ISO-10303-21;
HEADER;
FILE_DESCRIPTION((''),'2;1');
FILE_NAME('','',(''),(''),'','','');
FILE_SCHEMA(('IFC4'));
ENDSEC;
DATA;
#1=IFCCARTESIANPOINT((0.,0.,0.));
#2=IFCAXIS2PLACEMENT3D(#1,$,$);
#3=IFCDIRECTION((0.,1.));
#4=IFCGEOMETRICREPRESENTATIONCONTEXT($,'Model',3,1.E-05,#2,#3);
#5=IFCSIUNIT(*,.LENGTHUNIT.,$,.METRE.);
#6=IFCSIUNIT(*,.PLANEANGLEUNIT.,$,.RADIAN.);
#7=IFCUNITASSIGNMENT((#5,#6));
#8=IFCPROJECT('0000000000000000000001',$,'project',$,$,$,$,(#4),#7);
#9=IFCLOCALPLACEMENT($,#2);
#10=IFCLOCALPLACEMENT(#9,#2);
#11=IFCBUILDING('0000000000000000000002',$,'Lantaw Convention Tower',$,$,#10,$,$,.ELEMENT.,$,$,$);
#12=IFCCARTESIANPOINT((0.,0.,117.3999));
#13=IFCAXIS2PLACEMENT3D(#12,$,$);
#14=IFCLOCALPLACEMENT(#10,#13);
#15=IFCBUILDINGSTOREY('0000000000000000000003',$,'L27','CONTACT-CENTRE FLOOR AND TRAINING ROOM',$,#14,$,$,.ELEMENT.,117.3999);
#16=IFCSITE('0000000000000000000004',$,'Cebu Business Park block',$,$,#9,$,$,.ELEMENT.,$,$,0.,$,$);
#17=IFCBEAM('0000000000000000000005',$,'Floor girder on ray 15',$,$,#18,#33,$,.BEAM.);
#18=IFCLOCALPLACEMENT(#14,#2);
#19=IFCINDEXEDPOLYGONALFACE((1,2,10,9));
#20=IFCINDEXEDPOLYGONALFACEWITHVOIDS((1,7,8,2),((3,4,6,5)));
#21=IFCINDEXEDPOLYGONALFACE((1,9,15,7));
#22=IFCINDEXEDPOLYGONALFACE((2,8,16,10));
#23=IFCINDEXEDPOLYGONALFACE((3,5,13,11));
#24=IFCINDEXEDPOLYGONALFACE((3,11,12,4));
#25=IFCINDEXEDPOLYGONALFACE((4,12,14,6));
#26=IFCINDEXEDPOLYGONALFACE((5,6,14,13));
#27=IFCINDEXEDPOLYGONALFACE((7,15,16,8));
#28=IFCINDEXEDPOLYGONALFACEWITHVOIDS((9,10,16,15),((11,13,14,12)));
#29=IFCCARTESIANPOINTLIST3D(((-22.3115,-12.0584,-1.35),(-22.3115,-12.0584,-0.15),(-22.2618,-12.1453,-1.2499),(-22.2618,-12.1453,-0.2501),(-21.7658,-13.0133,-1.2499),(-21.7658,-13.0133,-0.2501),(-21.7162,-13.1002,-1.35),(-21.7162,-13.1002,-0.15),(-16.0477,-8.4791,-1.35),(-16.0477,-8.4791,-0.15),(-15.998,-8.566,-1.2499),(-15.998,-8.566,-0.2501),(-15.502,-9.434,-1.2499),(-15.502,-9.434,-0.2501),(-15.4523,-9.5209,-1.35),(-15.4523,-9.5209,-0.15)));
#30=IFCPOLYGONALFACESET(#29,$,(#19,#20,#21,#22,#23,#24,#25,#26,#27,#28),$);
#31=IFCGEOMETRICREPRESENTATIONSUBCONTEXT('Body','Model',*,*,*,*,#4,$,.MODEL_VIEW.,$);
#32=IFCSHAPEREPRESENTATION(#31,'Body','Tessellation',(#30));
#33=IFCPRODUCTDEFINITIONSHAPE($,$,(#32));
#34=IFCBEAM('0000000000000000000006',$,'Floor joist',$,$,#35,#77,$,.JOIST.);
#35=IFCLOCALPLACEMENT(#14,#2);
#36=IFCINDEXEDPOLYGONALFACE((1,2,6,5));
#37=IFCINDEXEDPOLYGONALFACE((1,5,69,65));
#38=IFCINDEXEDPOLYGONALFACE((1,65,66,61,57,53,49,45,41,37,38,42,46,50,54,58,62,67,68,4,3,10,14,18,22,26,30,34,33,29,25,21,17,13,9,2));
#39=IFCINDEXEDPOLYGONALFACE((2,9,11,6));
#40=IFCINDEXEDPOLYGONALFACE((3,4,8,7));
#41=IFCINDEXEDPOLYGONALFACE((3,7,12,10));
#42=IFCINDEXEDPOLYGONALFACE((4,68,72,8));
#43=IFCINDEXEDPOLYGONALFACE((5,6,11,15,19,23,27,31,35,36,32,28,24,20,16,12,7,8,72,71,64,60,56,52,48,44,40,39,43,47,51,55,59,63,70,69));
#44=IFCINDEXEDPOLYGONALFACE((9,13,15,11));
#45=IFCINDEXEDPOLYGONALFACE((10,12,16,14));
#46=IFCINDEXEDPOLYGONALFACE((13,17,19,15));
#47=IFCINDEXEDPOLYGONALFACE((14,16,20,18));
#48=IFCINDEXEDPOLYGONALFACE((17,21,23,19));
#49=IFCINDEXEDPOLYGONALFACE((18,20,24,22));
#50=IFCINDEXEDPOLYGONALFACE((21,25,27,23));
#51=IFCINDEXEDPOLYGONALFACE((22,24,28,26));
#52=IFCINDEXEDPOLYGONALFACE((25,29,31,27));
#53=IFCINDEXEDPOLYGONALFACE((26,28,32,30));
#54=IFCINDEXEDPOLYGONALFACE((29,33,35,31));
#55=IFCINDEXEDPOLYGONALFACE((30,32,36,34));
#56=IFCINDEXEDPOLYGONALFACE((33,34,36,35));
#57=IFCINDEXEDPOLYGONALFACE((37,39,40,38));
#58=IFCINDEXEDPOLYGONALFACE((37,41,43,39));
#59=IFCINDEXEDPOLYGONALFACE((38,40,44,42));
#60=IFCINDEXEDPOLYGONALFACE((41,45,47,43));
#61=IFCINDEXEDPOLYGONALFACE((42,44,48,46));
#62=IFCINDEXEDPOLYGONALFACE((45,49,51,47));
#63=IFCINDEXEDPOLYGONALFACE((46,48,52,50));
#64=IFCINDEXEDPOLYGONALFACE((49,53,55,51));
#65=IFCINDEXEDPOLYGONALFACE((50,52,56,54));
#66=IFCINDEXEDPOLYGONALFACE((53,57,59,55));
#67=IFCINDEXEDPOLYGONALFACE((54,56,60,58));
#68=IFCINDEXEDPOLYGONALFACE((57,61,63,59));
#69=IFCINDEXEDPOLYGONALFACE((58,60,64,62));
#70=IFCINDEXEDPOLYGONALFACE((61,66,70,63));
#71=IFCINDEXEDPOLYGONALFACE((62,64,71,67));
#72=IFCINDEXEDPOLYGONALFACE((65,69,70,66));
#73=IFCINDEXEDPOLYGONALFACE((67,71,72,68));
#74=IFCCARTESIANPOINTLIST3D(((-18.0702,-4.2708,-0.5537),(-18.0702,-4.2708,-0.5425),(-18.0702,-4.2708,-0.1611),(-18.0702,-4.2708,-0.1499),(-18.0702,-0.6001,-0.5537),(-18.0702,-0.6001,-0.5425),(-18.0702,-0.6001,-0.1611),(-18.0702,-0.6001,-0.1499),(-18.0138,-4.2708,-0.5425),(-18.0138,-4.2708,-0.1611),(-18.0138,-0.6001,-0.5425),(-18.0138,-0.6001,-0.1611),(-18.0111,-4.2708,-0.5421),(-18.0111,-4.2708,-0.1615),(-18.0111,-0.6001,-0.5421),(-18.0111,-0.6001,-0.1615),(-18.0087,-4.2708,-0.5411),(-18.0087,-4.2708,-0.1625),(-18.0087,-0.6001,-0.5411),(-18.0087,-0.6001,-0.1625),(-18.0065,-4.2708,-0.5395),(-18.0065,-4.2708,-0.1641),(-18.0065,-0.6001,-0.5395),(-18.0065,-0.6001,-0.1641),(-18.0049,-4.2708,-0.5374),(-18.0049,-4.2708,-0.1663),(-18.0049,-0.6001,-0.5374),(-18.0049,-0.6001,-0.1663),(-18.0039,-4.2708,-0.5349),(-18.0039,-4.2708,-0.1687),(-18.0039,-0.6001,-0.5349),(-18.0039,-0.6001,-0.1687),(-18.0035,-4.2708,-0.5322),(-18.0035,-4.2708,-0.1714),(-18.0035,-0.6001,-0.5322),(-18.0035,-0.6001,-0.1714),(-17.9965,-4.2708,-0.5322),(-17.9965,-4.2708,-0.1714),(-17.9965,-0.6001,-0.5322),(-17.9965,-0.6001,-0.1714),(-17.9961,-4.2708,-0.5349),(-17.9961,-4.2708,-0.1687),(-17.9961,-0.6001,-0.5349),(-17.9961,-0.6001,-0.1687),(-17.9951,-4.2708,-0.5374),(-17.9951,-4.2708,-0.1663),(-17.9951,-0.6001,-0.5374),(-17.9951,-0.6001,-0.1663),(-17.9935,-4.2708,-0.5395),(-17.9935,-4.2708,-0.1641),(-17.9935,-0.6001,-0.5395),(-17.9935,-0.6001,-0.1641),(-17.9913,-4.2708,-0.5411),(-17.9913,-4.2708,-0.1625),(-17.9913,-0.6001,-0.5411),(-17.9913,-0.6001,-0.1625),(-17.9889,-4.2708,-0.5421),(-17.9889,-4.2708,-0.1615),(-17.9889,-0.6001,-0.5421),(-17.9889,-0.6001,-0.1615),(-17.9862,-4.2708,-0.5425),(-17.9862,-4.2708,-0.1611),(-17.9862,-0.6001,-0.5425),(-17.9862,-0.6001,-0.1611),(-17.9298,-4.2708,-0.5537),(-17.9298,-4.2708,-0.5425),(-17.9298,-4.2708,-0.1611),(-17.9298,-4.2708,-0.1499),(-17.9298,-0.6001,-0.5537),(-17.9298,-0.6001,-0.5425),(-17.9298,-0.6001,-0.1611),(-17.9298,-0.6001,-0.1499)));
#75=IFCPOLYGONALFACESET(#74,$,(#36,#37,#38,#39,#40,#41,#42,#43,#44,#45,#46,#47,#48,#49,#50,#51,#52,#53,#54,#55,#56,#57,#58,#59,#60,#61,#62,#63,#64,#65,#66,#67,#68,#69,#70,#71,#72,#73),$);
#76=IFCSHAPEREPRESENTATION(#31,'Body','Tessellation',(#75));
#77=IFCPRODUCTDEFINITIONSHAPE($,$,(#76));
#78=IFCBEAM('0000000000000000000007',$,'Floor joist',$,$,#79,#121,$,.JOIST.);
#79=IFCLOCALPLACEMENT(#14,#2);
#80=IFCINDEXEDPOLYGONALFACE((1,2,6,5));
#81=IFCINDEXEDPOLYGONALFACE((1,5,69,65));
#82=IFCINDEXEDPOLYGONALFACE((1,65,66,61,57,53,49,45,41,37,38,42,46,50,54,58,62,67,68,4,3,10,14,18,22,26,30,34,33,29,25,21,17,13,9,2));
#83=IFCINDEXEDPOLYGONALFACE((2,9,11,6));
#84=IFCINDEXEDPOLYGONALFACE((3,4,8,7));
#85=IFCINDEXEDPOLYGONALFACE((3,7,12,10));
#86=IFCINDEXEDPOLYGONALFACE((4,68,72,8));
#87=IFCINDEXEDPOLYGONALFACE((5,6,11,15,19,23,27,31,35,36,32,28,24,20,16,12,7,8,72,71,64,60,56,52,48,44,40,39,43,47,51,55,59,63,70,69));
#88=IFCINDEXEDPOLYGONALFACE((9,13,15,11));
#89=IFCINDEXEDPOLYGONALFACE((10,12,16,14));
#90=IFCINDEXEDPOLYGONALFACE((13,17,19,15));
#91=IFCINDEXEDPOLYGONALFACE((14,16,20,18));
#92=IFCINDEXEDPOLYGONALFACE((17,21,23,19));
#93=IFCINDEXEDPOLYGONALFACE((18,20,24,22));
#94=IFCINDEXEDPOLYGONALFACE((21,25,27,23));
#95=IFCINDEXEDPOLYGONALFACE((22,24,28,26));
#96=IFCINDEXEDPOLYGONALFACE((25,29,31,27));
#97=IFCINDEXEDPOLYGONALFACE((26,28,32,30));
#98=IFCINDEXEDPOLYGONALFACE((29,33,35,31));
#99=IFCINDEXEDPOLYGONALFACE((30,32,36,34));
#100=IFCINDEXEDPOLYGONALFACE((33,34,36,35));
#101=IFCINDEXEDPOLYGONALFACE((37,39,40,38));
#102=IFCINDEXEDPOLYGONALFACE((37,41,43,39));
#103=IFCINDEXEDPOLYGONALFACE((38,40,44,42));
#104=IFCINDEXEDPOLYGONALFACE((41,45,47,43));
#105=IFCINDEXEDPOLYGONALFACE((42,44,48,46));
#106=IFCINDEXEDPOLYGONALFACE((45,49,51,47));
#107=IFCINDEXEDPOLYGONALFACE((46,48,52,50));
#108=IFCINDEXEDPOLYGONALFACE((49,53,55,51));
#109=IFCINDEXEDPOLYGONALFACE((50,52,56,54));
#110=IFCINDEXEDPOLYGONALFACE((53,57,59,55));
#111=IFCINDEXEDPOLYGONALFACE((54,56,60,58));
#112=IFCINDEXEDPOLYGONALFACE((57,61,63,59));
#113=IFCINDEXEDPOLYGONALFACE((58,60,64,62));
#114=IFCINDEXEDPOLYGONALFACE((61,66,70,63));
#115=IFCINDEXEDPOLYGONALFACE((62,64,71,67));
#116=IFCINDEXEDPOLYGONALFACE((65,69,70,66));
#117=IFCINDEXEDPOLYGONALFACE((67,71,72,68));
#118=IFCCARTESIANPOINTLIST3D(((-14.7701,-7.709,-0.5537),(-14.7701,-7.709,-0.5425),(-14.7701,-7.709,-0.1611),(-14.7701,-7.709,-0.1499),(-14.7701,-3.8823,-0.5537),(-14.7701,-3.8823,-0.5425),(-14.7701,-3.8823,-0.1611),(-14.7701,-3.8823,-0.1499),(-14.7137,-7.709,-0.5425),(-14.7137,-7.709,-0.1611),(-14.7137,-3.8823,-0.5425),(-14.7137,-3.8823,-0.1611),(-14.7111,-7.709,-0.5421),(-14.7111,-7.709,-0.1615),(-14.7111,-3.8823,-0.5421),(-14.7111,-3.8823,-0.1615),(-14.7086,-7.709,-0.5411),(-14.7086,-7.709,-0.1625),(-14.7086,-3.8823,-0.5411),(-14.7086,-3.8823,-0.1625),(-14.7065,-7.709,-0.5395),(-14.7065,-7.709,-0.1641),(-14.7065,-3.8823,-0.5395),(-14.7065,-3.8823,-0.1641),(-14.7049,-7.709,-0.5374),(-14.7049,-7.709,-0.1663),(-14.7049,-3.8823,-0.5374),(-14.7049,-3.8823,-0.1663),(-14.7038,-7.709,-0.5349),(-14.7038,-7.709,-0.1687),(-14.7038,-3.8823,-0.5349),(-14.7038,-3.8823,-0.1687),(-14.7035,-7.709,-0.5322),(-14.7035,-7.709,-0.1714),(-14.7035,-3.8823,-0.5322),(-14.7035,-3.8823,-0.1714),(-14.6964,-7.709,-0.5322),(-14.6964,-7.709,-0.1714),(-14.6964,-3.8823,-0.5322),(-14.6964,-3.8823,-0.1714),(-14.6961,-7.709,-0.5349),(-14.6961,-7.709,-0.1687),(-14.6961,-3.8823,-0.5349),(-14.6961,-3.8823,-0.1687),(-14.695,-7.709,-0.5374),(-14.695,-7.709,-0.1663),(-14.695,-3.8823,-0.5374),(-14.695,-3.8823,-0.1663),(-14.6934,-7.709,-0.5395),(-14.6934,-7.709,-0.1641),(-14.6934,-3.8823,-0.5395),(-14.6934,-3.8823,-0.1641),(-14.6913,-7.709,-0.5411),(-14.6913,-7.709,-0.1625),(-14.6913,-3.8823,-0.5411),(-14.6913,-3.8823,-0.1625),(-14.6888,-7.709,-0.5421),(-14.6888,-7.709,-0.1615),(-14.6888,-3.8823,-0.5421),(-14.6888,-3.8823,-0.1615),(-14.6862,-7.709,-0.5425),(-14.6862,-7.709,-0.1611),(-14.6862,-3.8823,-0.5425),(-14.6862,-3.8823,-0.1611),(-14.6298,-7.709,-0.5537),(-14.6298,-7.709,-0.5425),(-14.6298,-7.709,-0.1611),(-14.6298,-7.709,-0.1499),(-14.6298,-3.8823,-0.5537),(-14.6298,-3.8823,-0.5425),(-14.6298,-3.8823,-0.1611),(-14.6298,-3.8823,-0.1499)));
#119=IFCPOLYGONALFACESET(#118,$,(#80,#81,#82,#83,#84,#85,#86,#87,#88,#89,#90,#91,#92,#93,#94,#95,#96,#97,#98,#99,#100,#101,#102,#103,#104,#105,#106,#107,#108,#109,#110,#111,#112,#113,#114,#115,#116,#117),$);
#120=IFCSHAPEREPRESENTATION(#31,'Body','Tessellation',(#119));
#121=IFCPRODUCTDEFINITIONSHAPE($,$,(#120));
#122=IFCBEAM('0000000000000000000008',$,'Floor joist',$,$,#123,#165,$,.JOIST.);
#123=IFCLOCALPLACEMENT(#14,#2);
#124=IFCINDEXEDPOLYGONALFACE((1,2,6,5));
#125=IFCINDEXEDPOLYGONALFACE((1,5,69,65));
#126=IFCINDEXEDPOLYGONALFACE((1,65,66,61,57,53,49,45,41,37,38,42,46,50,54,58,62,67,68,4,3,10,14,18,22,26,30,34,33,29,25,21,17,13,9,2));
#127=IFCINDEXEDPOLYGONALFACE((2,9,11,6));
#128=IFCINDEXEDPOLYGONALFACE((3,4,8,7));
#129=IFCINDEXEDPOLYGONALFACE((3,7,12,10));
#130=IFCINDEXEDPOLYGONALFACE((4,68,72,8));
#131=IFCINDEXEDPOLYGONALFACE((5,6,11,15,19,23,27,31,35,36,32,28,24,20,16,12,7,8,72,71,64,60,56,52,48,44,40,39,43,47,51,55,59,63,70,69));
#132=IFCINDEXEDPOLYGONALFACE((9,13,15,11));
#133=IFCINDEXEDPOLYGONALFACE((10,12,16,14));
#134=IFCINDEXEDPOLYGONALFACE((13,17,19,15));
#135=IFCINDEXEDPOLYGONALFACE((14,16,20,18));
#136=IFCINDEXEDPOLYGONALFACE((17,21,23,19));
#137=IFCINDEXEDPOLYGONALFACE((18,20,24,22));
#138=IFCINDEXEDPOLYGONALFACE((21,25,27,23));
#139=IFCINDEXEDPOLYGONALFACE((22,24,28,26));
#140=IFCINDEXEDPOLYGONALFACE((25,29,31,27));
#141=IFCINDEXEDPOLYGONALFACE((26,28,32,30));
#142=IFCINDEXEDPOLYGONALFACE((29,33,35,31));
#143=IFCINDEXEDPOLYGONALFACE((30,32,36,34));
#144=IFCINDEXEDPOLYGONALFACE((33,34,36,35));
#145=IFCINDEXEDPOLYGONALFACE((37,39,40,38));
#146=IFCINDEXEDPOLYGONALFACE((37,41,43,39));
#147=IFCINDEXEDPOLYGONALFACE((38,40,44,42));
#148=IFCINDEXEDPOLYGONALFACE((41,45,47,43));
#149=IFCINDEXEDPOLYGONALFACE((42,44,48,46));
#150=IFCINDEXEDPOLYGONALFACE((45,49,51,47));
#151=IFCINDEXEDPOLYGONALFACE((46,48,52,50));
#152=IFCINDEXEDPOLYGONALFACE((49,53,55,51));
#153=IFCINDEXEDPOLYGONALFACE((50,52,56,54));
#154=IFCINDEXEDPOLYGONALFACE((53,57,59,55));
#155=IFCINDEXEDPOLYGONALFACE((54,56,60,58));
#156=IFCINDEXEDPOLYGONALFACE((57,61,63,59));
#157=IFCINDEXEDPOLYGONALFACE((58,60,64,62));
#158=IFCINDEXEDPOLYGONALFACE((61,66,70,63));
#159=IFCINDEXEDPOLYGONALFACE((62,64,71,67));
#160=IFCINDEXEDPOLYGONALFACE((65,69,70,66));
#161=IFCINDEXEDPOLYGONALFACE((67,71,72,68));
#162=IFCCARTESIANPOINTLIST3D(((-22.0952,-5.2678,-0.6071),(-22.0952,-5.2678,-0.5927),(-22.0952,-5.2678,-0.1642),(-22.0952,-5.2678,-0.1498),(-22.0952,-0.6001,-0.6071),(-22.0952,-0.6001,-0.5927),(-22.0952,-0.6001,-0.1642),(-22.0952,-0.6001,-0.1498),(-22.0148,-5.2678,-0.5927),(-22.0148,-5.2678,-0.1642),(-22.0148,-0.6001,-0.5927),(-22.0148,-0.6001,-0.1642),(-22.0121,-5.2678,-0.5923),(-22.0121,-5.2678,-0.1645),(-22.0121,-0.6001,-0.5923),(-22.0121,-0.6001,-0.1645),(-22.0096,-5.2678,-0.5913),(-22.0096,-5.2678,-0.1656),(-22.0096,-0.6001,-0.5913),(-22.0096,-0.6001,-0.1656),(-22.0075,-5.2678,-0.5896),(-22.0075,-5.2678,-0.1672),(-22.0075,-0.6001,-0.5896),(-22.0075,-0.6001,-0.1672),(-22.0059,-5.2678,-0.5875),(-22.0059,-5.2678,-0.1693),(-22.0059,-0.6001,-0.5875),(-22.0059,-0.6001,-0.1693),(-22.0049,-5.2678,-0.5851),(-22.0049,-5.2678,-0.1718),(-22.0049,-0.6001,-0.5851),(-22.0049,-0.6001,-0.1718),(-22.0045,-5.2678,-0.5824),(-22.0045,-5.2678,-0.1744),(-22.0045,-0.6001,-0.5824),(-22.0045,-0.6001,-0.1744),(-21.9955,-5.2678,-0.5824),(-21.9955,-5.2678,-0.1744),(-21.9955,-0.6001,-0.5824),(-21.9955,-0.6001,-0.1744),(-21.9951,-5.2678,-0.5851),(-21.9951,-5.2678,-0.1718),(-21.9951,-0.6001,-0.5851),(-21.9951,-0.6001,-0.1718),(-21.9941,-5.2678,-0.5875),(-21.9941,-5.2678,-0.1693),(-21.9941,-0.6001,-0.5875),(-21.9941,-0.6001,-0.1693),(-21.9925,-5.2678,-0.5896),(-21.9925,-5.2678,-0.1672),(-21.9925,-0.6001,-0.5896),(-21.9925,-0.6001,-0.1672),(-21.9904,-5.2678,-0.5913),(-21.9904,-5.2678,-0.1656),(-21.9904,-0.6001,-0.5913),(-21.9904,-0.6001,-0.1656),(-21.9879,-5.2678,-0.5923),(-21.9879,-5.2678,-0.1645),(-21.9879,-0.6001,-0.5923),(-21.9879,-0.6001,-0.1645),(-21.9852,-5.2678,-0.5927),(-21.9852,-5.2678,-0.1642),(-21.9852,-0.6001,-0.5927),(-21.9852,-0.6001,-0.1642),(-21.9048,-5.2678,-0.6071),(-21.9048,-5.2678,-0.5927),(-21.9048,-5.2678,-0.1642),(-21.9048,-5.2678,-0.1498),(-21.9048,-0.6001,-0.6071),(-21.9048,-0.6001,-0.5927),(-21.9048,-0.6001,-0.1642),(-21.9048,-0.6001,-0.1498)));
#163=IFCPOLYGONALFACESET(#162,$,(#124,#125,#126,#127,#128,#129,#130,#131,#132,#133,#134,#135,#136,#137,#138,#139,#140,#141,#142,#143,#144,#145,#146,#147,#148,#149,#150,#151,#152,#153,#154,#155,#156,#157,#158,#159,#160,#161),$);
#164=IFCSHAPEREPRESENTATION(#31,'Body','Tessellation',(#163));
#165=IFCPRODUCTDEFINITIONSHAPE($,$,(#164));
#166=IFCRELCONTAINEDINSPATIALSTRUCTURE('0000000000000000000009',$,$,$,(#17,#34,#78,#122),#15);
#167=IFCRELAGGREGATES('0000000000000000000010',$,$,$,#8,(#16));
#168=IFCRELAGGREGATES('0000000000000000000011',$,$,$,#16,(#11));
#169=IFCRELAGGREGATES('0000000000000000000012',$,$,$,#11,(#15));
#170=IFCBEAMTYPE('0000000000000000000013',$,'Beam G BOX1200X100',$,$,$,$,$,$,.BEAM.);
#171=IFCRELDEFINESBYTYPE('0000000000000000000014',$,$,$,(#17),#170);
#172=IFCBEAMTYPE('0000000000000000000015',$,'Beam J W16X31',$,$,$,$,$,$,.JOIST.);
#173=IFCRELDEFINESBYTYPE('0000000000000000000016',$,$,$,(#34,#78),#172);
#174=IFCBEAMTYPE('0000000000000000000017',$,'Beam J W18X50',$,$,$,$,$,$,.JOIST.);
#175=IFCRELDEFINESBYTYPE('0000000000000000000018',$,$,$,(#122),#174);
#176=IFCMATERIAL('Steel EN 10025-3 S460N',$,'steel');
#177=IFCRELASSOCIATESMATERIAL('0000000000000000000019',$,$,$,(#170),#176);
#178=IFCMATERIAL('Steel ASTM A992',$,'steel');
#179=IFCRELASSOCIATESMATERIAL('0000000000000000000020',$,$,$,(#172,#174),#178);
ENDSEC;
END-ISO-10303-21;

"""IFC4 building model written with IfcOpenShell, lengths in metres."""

from ifc_helpers import new_model, si_unit, direction, frame, origin, origin_2d, place, context, subcontext, project, spatial, hollow_rectangle, i_section, extrude, material, material_profile, profile_set, type_object, element, save


model = new_model("IFC4")

# Units and contexts
model_context = context("Model", 3, precision=1e-05, world=origin(), true_north=direction((0.0, 1.0)))
body_context = subcontext(model_context, "Body", "Model", "MODEL_VIEW")
ifc_project = project(units=[si_unit("LENGTHUNIT", "METRE"), si_unit("PLANEANGLEUNIT", "RADIAN")], contexts=[model_context])

# Site, building, storey
site_placement = place(None, origin())
site = spatial("IfcSite", under=ifc_project, at=site_placement, Name="Cebu Business Park block", CompositionType="ELEMENT", RefElevation=0.0)
building_placement = place(site_placement, origin())
building = spatial("IfcBuilding", under=site, at=building_placement, Name="Lantaw Convention Tower", CompositionType="ELEMENT")
storey_placement = place(building_placement, frame((0.0, 0.0, 117.3999)))
storey = spatial("IfcBuildingStorey", under=building, at=storey_placement, Name="L27", Description="CONTACT-CENTRE FLOOR AND TRAINING ROOM", CompositionType="ELEMENT", Elevation=117.3999)

# Shared definitions
ifc_material_1 = material(Name="Steel EN 10025-3 S460N", Category="steel")

# Beams
ifc_material_2 = material(Name="Steel ASTM A992", Category="steel")
ifc_material_profile_1 = material_profile(ifc_material_1, hollow_rectangle(XDim=1.2, YDim=1.2, WallThickness=0.1001, at=origin_2d()), Name="BOX1200X100")
ifc_profile_set_1 = profile_set([ifc_material_profile_1], Name="Steel EN 10025-3 S460N")
beam_type_1 = type_object("IfcBeamType", Name="Beam G BOX1200X100", PredefinedType="BEAM", material=ifc_profile_set_1)
beam_1_placement = place(storey_placement, frame((-15.75, -9.0, -0.75), z_axis=(-0.868245, -0.496135, 0.0), x_axis=(0.496135, -0.868245, 0.0)))
element("IfcBeam", 1, at=beam_1_placement, inside=storey, type_object=beam_type_1, Name="Floor girder on ray 15", PredefinedType="BEAM", context=body_context, shape_type="SweptSolid", body=[
    extrude(hollow_rectangle(XDim=1.2, YDim=1.2, WallThickness=0.1001, at=origin_2d()), origin(), (0.0, 0.0, 1.0), 7.2144),
])
ifc_material_profile_2 = material_profile(ifc_material_2, i_section(OverallWidth=0.1404, OverallDepth=0.4038, WebThickness=0.0071, FlangeThickness=0.0112, FilletRadius=0.0103, at=origin_2d()), Name="W16X31")
ifc_profile_set_2 = profile_set([ifc_material_profile_2], Name="Steel ASTM A992")
beam_type_2 = type_object("IfcBeamType", Name="Beam J W16X31", PredefinedType="JOIST", material=ifc_profile_set_2)
beam_2_placement = place(storey_placement, frame((-18.0, -4.2708, -0.3518), z_axis=(0.0, 1.0, 0.0), x_axis=(-1.0, 0.0, 0.0)))
element("IfcBeam", 2, at=beam_2_placement, inside=storey, type_object=beam_type_2, Name="Floor joist", PredefinedType="JOIST", context=body_context, shape_type="SweptSolid", body=[
    extrude(i_section(OverallWidth=0.1404, OverallDepth=0.4038, WebThickness=0.0071, FlangeThickness=0.0112, FilletRadius=0.0103, at=origin_2d()), origin(), (0.0, 0.0, 1.0), 3.6707),
])
beam_3_placement = place(storey_placement, frame((-14.7, -7.709, -0.3518), z_axis=(0.0, 1.0, 0.0), x_axis=(-1.0, 0.0, 0.0)))
element("IfcBeam", 3, at=beam_3_placement, inside=storey, type_object=beam_type_2, Name="Floor joist", PredefinedType="JOIST", context=body_context, shape_type="SweptSolid", body=[
    extrude(i_section(OverallWidth=0.1404, OverallDepth=0.4038, WebThickness=0.0071, FlangeThickness=0.0112, FilletRadius=0.0103, at=origin_2d()), origin(), (0.0, 0.0, 1.0), 3.8267),
])
ifc_material_profile_3 = material_profile(ifc_material_2, i_section(OverallWidth=0.1904, OverallDepth=0.4573, WebThickness=0.009, FlangeThickness=0.0144, FilletRadius=0.0103, at=origin_2d()), Name="W18X50")
ifc_profile_set_3 = profile_set([ifc_material_profile_3], Name="Steel ASTM A992")
beam_type_3 = type_object("IfcBeamType", Name="Beam J W18X50", PredefinedType="JOIST", material=ifc_profile_set_3)
beam_4_placement = place(storey_placement, frame((-22.0, -5.2678, -0.3784), z_axis=(0.0, 1.0, 0.0), x_axis=(-1.0, 0.0, 0.0)))
element("IfcBeam", 4, at=beam_4_placement, inside=storey, type_object=beam_type_3, Name="Floor joist", PredefinedType="JOIST", context=body_context, shape_type="SweptSolid", body=[
    extrude(i_section(OverallWidth=0.1904, OverallDepth=0.4573, WebThickness=0.009, FlangeThickness=0.0144, FilletRadius=0.0103, at=origin_2d()), origin(), (0.0, 0.0, 1.0), 4.6677),
])

save(model, "model.ifc")
